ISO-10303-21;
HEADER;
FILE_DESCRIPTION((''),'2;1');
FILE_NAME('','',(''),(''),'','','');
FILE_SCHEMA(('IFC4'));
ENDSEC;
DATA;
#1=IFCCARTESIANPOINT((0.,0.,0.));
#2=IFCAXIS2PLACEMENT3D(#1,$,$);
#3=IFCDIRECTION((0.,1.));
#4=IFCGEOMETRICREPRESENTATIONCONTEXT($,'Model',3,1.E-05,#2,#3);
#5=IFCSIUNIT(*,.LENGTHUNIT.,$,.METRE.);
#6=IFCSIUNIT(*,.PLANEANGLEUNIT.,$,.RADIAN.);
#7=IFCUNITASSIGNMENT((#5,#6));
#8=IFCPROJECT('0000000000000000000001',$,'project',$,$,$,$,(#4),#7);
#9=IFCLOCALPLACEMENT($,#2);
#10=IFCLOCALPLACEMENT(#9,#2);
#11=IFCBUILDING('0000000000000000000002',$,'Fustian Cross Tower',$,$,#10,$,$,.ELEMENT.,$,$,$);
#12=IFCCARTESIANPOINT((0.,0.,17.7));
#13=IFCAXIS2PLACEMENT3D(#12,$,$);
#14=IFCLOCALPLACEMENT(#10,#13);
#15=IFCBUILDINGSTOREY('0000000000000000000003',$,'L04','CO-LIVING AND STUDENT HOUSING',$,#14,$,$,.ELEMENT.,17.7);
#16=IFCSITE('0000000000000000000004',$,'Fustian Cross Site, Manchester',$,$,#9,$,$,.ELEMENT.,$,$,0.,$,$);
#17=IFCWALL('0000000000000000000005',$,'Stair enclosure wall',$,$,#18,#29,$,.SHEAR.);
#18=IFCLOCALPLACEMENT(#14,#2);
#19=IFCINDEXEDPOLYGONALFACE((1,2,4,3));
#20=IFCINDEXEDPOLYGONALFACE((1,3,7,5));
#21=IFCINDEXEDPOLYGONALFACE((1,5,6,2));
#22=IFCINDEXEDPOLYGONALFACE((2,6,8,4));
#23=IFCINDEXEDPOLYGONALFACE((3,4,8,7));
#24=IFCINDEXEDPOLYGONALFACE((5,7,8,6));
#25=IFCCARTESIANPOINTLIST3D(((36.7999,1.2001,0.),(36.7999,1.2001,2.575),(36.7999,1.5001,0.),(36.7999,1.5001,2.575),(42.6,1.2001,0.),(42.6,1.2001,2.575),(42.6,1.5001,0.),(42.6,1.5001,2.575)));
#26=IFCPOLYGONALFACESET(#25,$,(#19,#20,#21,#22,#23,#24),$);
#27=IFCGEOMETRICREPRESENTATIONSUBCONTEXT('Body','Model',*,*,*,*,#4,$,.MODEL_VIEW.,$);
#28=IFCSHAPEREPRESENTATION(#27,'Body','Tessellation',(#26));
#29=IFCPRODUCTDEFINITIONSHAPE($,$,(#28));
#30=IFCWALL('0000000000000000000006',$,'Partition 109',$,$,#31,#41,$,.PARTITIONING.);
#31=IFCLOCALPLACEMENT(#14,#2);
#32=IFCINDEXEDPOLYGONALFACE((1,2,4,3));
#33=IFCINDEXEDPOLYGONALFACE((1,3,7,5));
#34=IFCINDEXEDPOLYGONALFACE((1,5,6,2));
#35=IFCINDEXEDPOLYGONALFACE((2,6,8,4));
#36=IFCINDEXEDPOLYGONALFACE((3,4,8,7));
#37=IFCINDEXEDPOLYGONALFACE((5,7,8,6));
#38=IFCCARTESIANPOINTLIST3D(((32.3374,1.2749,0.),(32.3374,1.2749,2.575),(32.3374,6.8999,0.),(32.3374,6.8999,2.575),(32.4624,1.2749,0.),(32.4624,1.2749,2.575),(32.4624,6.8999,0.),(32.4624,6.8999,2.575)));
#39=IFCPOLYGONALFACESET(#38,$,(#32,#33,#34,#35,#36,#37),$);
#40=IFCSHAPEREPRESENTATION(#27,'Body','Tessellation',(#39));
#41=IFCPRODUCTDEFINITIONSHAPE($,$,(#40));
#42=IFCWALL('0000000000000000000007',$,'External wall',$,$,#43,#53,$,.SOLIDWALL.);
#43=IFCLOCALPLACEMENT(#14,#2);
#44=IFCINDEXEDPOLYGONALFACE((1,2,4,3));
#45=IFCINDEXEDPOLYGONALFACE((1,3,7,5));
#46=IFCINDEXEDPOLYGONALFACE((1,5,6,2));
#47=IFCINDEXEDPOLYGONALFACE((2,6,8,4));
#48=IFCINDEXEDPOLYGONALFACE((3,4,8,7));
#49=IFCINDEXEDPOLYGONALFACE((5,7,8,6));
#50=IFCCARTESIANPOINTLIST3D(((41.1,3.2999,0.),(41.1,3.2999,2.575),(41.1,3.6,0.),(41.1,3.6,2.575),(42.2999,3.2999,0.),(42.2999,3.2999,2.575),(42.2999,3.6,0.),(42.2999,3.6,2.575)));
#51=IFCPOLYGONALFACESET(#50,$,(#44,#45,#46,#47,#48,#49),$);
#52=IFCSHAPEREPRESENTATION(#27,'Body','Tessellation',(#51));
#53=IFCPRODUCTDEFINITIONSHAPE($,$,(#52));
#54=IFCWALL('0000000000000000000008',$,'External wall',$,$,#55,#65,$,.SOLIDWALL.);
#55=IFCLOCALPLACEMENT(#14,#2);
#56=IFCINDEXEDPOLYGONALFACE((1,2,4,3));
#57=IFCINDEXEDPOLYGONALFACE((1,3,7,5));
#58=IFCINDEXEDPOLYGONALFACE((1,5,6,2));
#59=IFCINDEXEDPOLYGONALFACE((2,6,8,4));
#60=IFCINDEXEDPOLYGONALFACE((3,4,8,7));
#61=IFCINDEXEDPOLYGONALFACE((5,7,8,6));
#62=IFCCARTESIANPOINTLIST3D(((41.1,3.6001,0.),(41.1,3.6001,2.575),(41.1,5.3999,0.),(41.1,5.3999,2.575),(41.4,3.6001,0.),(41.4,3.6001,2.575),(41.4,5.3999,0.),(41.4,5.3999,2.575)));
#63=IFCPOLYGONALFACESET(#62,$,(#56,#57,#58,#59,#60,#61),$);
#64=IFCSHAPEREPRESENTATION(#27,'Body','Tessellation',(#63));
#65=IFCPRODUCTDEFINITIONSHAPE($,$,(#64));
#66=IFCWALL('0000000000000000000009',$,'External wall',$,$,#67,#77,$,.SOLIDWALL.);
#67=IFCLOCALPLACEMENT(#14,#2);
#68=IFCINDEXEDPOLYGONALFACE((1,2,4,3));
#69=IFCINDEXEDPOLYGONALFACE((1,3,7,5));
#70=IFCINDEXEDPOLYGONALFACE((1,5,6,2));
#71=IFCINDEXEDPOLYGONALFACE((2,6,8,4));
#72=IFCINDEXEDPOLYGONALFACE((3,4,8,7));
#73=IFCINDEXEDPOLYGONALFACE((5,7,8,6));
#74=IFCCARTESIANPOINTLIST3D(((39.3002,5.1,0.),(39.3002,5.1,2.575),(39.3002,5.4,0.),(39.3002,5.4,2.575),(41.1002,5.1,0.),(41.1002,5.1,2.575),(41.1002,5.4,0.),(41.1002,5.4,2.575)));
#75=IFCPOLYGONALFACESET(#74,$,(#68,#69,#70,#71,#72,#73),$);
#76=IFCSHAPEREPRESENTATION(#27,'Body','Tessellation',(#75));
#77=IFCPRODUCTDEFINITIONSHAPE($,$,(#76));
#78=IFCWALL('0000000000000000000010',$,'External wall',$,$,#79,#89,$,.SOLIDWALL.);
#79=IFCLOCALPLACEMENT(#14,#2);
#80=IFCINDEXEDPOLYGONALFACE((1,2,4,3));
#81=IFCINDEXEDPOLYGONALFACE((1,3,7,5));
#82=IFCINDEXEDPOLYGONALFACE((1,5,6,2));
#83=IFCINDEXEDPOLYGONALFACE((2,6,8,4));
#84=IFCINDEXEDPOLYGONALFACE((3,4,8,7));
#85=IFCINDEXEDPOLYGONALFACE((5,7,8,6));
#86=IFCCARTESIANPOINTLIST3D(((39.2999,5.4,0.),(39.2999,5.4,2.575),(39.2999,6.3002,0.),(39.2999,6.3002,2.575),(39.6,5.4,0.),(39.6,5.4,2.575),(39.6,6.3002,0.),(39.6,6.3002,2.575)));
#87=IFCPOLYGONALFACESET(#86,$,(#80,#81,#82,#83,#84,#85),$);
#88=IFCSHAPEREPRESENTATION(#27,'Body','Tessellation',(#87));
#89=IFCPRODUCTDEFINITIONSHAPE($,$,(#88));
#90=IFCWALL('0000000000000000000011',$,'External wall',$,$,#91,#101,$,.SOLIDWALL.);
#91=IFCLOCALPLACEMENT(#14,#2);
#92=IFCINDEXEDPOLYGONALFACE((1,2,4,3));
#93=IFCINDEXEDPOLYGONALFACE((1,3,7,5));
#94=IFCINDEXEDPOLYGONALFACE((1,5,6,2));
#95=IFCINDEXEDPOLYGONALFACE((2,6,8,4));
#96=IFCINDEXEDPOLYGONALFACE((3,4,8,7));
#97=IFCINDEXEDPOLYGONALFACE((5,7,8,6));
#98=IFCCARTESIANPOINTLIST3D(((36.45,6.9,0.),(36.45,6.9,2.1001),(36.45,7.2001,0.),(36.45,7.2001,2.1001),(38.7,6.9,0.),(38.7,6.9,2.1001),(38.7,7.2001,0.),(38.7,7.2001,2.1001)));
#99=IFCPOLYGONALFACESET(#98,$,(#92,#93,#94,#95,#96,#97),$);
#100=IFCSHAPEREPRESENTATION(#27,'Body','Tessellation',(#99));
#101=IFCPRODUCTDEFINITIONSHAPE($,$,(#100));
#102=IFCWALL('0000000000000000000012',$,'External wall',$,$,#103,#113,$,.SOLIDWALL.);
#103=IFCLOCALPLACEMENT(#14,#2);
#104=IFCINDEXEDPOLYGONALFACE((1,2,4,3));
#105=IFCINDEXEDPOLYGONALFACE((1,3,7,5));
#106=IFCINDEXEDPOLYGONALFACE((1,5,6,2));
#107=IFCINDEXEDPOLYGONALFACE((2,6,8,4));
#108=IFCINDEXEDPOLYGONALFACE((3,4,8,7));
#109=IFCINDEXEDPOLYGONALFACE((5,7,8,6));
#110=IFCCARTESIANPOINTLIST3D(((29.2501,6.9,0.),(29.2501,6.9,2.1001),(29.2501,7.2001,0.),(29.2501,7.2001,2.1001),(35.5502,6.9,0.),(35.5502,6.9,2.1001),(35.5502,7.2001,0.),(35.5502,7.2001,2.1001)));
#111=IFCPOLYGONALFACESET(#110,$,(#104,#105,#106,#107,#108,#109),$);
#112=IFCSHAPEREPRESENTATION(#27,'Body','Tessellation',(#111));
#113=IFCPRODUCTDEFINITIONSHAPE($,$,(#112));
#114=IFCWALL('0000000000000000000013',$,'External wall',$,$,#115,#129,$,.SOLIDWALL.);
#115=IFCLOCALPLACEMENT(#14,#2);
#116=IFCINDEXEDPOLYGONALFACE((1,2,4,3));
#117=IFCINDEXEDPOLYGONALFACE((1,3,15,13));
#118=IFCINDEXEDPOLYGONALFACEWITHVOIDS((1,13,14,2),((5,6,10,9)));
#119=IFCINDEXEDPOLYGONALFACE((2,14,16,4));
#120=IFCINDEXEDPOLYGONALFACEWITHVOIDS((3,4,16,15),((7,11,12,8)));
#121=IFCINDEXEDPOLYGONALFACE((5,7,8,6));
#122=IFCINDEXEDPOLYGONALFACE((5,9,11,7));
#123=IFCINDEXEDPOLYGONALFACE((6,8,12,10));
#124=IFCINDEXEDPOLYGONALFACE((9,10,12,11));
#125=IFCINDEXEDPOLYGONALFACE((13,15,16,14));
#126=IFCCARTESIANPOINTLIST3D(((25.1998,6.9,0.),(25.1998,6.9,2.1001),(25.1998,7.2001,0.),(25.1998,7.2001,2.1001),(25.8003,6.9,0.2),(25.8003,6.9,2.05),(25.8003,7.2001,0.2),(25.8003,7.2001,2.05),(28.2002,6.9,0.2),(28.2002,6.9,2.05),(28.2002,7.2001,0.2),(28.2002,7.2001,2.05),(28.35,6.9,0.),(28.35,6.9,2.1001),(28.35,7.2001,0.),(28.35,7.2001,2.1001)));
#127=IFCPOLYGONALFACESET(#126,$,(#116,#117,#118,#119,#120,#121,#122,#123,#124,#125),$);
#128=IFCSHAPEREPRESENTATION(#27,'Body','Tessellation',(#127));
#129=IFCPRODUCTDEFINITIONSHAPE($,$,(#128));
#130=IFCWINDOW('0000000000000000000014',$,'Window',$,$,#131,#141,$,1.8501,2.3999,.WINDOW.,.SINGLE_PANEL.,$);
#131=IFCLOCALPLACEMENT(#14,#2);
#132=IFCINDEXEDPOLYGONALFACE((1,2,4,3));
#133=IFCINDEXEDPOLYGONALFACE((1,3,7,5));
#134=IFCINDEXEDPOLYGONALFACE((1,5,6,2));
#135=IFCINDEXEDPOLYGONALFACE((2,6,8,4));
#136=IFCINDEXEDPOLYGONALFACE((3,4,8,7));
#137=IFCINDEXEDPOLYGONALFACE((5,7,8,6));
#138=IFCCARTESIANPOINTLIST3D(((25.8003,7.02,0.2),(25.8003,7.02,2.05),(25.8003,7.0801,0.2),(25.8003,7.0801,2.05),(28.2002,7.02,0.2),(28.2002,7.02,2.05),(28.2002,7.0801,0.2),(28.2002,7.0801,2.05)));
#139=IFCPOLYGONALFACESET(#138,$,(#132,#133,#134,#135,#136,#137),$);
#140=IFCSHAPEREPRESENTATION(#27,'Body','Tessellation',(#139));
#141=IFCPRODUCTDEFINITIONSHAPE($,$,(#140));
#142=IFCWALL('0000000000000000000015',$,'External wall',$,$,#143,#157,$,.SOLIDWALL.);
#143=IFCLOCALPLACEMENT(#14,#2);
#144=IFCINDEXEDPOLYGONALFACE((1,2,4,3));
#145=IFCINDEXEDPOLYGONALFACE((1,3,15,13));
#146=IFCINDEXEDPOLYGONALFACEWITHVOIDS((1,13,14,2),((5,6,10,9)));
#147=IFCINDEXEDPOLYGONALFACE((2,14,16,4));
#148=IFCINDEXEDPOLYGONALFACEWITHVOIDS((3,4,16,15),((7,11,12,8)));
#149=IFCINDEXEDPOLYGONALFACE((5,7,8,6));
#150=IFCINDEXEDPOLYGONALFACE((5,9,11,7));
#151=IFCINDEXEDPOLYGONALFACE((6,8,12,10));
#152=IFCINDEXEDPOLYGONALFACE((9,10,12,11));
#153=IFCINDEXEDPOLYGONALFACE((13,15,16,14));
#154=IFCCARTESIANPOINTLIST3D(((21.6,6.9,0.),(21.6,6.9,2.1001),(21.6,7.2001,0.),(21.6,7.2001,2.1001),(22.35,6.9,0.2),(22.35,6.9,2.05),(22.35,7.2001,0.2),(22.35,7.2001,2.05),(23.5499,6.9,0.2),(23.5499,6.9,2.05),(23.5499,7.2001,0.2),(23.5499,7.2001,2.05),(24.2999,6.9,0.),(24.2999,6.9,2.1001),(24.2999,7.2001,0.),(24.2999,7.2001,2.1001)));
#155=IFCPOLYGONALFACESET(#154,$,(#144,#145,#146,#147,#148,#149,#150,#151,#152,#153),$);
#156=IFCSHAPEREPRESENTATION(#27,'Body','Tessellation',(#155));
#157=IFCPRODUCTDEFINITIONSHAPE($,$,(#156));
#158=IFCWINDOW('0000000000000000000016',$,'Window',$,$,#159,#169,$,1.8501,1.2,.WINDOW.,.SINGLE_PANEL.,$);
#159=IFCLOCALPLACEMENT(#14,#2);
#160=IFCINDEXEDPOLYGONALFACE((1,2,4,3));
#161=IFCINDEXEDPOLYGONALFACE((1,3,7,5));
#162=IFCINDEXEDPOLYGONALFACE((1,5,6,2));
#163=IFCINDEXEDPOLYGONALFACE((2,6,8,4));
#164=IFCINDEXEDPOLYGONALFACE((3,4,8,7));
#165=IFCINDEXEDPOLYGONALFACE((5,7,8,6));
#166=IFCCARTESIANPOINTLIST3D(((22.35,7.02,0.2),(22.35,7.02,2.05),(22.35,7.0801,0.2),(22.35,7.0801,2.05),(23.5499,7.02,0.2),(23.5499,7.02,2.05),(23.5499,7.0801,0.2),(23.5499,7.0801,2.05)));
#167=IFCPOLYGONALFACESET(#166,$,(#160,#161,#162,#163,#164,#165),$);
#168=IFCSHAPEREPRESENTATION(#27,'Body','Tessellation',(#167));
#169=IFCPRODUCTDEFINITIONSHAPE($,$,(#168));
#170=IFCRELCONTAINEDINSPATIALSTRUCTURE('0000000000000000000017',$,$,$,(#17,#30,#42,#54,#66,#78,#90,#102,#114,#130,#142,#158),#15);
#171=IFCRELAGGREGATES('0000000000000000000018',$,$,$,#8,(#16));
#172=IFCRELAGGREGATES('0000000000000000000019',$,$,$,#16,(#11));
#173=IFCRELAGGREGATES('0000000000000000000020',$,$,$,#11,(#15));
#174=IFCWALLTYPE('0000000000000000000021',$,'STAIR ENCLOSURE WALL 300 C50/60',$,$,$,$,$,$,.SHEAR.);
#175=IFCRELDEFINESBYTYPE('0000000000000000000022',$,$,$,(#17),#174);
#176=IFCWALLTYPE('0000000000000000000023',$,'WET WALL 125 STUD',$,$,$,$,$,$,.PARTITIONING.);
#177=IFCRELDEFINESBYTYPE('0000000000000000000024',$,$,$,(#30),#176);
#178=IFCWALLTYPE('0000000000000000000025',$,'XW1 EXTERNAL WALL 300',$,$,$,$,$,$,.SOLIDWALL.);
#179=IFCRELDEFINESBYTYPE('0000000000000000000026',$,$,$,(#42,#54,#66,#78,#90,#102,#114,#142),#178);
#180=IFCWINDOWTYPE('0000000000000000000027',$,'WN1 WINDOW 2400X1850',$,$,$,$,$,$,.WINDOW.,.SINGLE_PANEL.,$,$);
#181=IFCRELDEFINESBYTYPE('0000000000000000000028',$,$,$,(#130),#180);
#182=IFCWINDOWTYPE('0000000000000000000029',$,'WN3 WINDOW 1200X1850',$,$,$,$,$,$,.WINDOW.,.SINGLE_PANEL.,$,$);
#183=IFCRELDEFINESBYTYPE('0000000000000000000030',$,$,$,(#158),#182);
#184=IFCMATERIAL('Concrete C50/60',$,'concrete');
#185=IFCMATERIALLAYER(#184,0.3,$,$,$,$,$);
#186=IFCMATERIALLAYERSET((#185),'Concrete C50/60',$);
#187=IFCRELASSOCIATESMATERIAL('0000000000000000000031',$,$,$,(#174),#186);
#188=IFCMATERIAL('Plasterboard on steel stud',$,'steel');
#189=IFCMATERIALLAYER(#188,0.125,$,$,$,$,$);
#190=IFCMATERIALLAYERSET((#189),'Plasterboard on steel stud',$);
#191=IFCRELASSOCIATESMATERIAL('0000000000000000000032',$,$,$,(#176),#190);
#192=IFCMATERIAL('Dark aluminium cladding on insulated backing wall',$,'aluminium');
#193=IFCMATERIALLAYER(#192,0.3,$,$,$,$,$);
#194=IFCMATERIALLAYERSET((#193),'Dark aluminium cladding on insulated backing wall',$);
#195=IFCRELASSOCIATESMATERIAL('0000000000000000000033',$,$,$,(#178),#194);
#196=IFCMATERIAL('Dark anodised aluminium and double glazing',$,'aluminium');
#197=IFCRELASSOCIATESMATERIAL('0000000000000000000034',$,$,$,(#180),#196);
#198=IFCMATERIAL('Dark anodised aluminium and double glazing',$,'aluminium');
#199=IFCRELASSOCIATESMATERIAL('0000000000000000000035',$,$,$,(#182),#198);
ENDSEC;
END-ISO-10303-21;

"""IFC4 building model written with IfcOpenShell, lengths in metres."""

from ifc_helpers import new_model, si_unit, direction, frame, frame_2d, origin, place, context, subcontext, project, spatial, rectangle, extrude, material, layer, layer_set, type_object, element, fill, save


model = new_model("IFC4")

# Units and contexts
model_context = context("Model", 3, precision=1e-05, world=origin(), true_north=direction((0.0, 1.0)))
body_context = subcontext(model_context, "Body", "Model", "MODEL_VIEW")
ifc_project = project(units=[si_unit("LENGTHUNIT", "METRE"), si_unit("PLANEANGLEUNIT", "RADIAN")], contexts=[model_context])

# Site, building, storey
site_placement = place(None, origin())
site = spatial("IfcSite", under=ifc_project, at=site_placement, Name="Fustian Cross Site, Manchester", CompositionType="ELEMENT", RefElevation=0.0)
building_placement = place(site_placement, origin())
building = spatial("IfcBuilding", under=site, at=building_placement, Name="Fustian Cross Tower", CompositionType="ELEMENT")
storey_placement = place(building_placement, frame((0.0, 0.0, 17.7)))
storey = spatial("IfcBuildingStorey", under=building, at=storey_placement, Name="L04", Description="CO-LIVING AND STUDENT HOUSING", CompositionType="ELEMENT", Elevation=17.7)

# Walls
ifc_material_1 = material(Name="Concrete C50/60", Category="concrete")
ifc_layer_1 = layer(ifc_material_1, 0.3)
ifc_layer_set_1 = layer_set([ifc_layer_1], Name="Concrete C50/60")
wall_type_1 = type_object("IfcWallType", Name="STAIR ENCLOSURE WALL 300 C50/60", PredefinedType="SHEAR", material=ifc_layer_set_1)
wall_1_placement = place(storey_placement, frame((36.8, 1.3501, 0.0), z_axis=(0.0, 0.0, 1.0), x_axis=(1.0, 0.0, 0.0)))
element("IfcWall", 1, at=wall_1_placement, inside=storey, type_object=wall_type_1, Name="Stair enclosure wall", PredefinedType="SHEAR", context=body_context, shape_type="SweptSolid", body=[
    extrude(rectangle(XDim=5.8, YDim=0.3, at=frame_2d((2.8999, 0.0))), origin(), (0.0, 0.0, 1.0), 2.575),
])
ifc_material_2 = material(Name="Plasterboard on steel stud", Category="steel")
ifc_layer_2 = layer(ifc_material_2, 0.125)
ifc_layer_set_2 = layer_set([ifc_layer_2], Name="Plasterboard on steel stud")
wall_type_2 = type_object("IfcWallType", Name="WET WALL 125 STUD", PredefinedType="PARTITIONING", material=ifc_layer_set_2)
wall_2_placement = place(storey_placement, frame((32.3999, 1.2749, 0.0), z_axis=(0.0, 0.0, 1.0), x_axis=(0.0, 1.0, 0.0)))
element("IfcWall", 2, at=wall_2_placement, inside=storey, type_object=wall_type_2, Name="Partition 109", PredefinedType="PARTITIONING", context=body_context, shape_type="SweptSolid", body=[
    extrude(rectangle(XDim=5.625, YDim=0.125, at=frame_2d((2.8125, 0.0))), origin(), (0.0, 0.0, 1.0), 2.575),
])
ifc_material_3 = material(Name="Dark aluminium cladding on insulated backing wall", Category="aluminium")
ifc_layer_3 = layer(ifc_material_3, 0.3)
ifc_layer_set_3 = layer_set([ifc_layer_3], Name="Dark aluminium cladding on insulated backing wall")
wall_type_3 = type_object("IfcWallType", Name="XW1 EXTERNAL WALL 300", PredefinedType="SOLIDWALL", material=ifc_layer_set_3)
wall_3_placement = place(storey_placement, frame((42.3, 3.45, 0.0), z_axis=(0.0, 0.0, 1.0), x_axis=(-1.0, 0.0, 0.0)))
element("IfcWall", 3, at=wall_3_placement, inside=storey, type_object=wall_type_3, Name="External wall", PredefinedType="SOLIDWALL", context=body_context, shape_type="SweptSolid", body=[
    extrude(rectangle(XDim=1.2, YDim=0.3, at=frame_2d((0.6001, 0.0))), origin(), (0.0, 0.0, 1.0), 2.575),
])
wall_4_placement = place(storey_placement, frame((41.25, 3.6001, 0.0), z_axis=(0.0, 0.0, 1.0), x_axis=(0.0, 1.0, 0.0)))
element("IfcWall", 4, at=wall_4_placement, inside=storey, type_object=wall_type_3, Name="External wall", PredefinedType="SOLIDWALL", context=body_context, shape_type="SweptSolid", body=[
    extrude(rectangle(XDim=1.7998, YDim=0.3, at=frame_2d((0.8999, 0.0))), origin(), (0.0, 0.0, 1.0), 2.575),
])
wall_5_placement = place(storey_placement, frame((41.1001, 5.25, 0.0), z_axis=(0.0, 0.0, 1.0), x_axis=(-1.0, 0.0, 0.0)))
element("IfcWall", 5, at=wall_5_placement, inside=storey, type_object=wall_type_3, Name="External wall", PredefinedType="SOLIDWALL", context=body_context, shape_type="SweptSolid", body=[
    extrude(rectangle(XDim=1.8, YDim=0.3, at=frame_2d((0.8999, 0.0))), origin(), (0.0, 0.0, 1.0), 2.575),
])
wall_6_placement = place(storey_placement, frame((39.45, 5.3999, 0.0), z_axis=(0.0, 0.0, 1.0), x_axis=(0.0, 1.0, 0.0)))
element("IfcWall", 6, at=wall_6_placement, inside=storey, type_object=wall_type_3, Name="External wall", PredefinedType="SOLIDWALL", context=body_context, shape_type="SweptSolid", body=[
    extrude(rectangle(XDim=0.9001, YDim=0.3, at=frame_2d((0.4502, 0.0))), origin(), (0.0, 0.0, 1.0), 2.575),
])
wall_7_placement = place(storey_placement, frame((38.7, 7.05, 0.0), z_axis=(0.0, 0.0, 1.0), x_axis=(-1.0, 0.0, 0.0)))
element("IfcWall", 7, at=wall_7_placement, inside=storey, type_object=wall_type_3, Name="External wall", PredefinedType="SOLIDWALL", context=body_context, shape_type="SweptSolid", body=[
    extrude(rectangle(XDim=2.25, YDim=0.3, at=frame_2d((1.125, 0.0))), origin(), (0.0, 0.0, 1.0), 2.1001),
])
wall_8_placement = place(storey_placement, frame((35.55, 7.05, 0.0), z_axis=(0.0, 0.0, 1.0), x_axis=(-1.0, 0.0, 0.0)))
element("IfcWall", 8, at=wall_8_placement, inside=storey, type_object=wall_type_3, Name="External wall", PredefinedType="SOLIDWALL", context=body_context, shape_type="SweptSolid", body=[
    extrude(rectangle(XDim=6.3, YDim=0.3, at=frame_2d((3.1499, 0.0))), origin(), (0.0, 0.0, 1.0), 2.1001),
])

# Walls, openings, windows
wall_9_placement = place(storey_placement, frame((28.3501, 7.05, 0.0), z_axis=(0.0, 0.0, 1.0), x_axis=(-1.0, 0.0, 0.0)))
wall_9 = element("IfcWall", 9, at=wall_9_placement, inside=storey, type_object=wall_type_3, Name="External wall", PredefinedType="SOLIDWALL", context=body_context, shape_type="SweptSolid", body=[
    extrude(rectangle(XDim=3.1501, YDim=0.3, at=frame_2d((1.5752, 0.0))), origin(), (0.0, 0.0, 1.0), 2.1001),
])
opening_1_placement = place(wall_9_placement, frame((0.1499, 0.0, 0.2)))
opening_1 = element("IfcOpeningElement", 10, at=opening_1_placement, cuts=wall_9, PredefinedType="OPENING", context=body_context, shape_type="SweptSolid", body=[
    extrude(rectangle(XDim=2.3999, YDim=1.8501, at=frame_2d((1.2, 0.925))), frame((0.0, 0.1599, 0.0), z_axis=(0.0, -1.0, 0.0), x_axis=(1.0, 0.0, 0.0)), (0.0, 0.0, 1.0), 0.3201),
])
ifc_material_4 = material(Name="Dark anodised aluminium and double glazing", Category="aluminium")
window_type_1 = type_object("IfcWindowType", Name="WN1 WINDOW 2400X1850", PartitioningType="SINGLE_PANEL", PredefinedType="WINDOW", material=ifc_material_4)
window_1_placement = place(opening_1_placement, origin())
window_1 = element("IfcWindow", 11, at=window_1_placement, inside=storey, type_object=window_type_1, Name="Window", OverallHeight=1.8501, OverallWidth=2.3999, PartitioningType="SINGLE_PANEL", PredefinedType="WINDOW", context=body_context, shape_type="SweptSolid", body=[
    extrude(rectangle(XDim=2.3999, YDim=1.8501, at=frame_2d((1.2, 0.925))), frame((0.0, 0.03, 0.0), z_axis=(0.0, -1.0, 0.0), x_axis=(1.0, 0.0, 0.0)), (0.0, 0.0, 1.0), 0.0601),
])
fill(opening_1, window_1)
wall_10_placement = place(storey_placement, frame((24.3, 7.05, 0.0), z_axis=(0.0, 0.0, 1.0), x_axis=(-1.0, 0.0, 0.0)))
wall_10 = element("IfcWall", 12, at=wall_10_placement, inside=storey, type_object=wall_type_3, Name="External wall", PredefinedType="SOLIDWALL", context=body_context, shape_type="SweptSolid", body=[
    extrude(rectangle(XDim=2.7, YDim=0.3, at=frame_2d((1.3501, 0.0))), origin(), (0.0, 0.0, 1.0), 2.1001),
])
opening_2_placement = place(wall_10_placement, frame((0.75, 0.0, 0.2)))
opening_2 = element("IfcOpeningElement", 13, at=opening_2_placement, cuts=wall_10, PredefinedType="OPENING", context=body_context, shape_type="SweptSolid", body=[
    extrude(rectangle(XDim=1.2, YDim=1.8501, at=frame_2d((0.6001, 0.925))), frame((0.0, 0.1599, 0.0), z_axis=(0.0, -1.0, 0.0), x_axis=(1.0, 0.0, 0.0)), (0.0, 0.0, 1.0), 0.3201),
])
ifc_material_5 = material(Name="Dark anodised aluminium and double glazing", Category="aluminium")
window_type_2 = type_object("IfcWindowType", Name="WN3 WINDOW 1200X1850", PartitioningType="SINGLE_PANEL", PredefinedType="WINDOW", material=ifc_material_5)
window_2_placement = place(opening_2_placement, origin())
window_2 = element("IfcWindow", 14, at=window_2_placement, inside=storey, type_object=window_type_2, Name="Window", OverallHeight=1.8501, OverallWidth=1.2, PartitioningType="SINGLE_PANEL", PredefinedType="WINDOW", context=body_context, shape_type="SweptSolid", body=[
    extrude(rectangle(XDim=1.2, YDim=1.8501, at=frame_2d((0.6001, 0.925))), frame((0.0, 0.03, 0.0), z_axis=(0.0, -1.0, 0.0), x_axis=(1.0, 0.0, 0.0)), (0.0, 0.0, 1.0), 0.0601),
])
fill(opening_2, window_2)

save(model, "model.ifc")
